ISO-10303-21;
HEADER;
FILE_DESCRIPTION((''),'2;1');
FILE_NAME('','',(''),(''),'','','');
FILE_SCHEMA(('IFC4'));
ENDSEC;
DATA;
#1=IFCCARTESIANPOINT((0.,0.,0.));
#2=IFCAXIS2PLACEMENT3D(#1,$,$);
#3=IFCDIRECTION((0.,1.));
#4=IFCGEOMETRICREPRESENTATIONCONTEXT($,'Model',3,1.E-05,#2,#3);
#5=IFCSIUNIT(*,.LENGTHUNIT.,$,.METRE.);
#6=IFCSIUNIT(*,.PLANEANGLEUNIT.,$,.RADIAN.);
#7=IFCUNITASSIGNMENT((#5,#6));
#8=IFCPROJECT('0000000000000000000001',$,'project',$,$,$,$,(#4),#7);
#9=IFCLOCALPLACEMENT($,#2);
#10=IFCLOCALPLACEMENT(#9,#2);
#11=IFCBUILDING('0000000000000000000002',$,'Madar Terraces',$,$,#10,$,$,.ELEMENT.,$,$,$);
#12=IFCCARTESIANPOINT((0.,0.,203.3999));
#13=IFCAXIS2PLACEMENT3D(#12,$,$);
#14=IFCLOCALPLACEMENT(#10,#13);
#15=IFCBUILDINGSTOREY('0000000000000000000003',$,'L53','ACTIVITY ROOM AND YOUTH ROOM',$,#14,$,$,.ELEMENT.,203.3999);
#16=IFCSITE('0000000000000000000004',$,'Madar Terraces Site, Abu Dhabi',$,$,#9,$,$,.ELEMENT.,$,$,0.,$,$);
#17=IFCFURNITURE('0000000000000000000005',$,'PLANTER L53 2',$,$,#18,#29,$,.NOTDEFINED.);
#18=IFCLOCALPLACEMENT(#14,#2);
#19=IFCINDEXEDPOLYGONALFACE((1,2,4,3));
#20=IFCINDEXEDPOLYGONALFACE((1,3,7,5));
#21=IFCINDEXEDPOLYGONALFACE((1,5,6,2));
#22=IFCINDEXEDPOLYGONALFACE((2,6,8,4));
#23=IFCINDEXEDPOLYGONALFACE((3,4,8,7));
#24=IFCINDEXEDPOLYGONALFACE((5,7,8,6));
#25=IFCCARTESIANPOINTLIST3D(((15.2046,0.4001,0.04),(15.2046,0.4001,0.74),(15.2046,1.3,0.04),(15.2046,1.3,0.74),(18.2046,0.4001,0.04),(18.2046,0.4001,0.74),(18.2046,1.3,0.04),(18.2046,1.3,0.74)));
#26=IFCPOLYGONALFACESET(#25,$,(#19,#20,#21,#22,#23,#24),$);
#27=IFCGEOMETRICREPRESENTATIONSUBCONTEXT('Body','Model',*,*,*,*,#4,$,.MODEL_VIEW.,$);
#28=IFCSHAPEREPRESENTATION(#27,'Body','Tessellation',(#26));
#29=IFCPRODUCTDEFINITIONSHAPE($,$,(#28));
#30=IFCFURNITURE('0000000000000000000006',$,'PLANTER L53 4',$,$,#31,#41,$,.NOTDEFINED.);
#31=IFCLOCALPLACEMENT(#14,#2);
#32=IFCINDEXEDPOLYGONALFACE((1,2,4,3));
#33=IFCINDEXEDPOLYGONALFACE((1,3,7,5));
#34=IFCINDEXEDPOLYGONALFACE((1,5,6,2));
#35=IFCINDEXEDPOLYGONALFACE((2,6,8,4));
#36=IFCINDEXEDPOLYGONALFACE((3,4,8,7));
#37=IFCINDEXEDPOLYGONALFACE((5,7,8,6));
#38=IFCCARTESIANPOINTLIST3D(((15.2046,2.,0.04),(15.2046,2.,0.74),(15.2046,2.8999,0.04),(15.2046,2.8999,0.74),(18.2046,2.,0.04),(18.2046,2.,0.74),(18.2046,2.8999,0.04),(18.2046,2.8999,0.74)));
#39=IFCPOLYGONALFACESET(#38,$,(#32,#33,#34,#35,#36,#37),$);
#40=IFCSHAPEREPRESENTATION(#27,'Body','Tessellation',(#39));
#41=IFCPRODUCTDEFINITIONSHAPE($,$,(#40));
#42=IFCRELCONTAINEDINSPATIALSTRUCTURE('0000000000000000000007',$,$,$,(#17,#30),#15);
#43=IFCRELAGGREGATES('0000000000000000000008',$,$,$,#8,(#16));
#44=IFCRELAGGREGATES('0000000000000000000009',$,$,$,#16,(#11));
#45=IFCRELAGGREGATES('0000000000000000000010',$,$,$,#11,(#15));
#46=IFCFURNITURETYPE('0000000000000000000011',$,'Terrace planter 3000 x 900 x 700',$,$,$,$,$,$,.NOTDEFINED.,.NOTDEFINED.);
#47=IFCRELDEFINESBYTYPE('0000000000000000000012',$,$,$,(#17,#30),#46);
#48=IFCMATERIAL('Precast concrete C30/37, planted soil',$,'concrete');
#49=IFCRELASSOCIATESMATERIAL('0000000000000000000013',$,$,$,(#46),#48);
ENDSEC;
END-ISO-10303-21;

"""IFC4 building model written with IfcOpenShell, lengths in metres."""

from ifc_helpers import new_model, si_unit, direction, frame, origin, origin_2d, place, context, subcontext, project, spatial, rectangle, extrude, material, type_object, element, save


model = new_model("IFC4")

# Units and contexts
model_context = context("Model", 3, precision=1e-05, world=origin(), true_north=direction((0.0, 1.0)))
body_context = subcontext(model_context, "Body", "Model", "MODEL_VIEW")
ifc_project = project(units=[si_unit("LENGTHUNIT", "METRE"), si_unit("PLANEANGLEUNIT", "RADIAN")], contexts=[model_context])

# Site, building, storey
site_placement = place(None, origin())
site = spatial("IfcSite", under=ifc_project, at=site_placement, Name="Madar Terraces Site, Abu Dhabi", CompositionType="ELEMENT", RefElevation=0.0)
building_placement = place(site_placement, origin())
building = spatial("IfcBuilding", under=site, at=building_placement, Name="Madar Terraces", CompositionType="ELEMENT")
storey_placement = place(building_placement, frame((0.0, 0.0, 203.3999)))
storey = spatial("IfcBuildingStorey", under=building, at=storey_placement, Name="L53", Description="ACTIVITY ROOM AND YOUTH ROOM", CompositionType="ELEMENT", Elevation=203.3999)

# Furniture
ifc_material_1 = material(Name="Precast concrete C30/37, planted soil", Category="concrete")
furniture_type = type_object("IfcFurnitureType", Name="Terrace planter 3000 x 900 x 700", AssemblyPlace="NOTDEFINED", PredefinedType="NOTDEFINED", material=ifc_material_1)
for number, where, z_axis, x_axis, name in (
    (1, (16.7046, 0.8501, 0.04), (0.0, 0.0, 1.0), (1.0, 0.0, 0.0), "PLANTER L53 2"),
    (2, (16.7046, 2.45, 0.04), (0.0, 0.0, 1.0), (1.0, 0.0, 0.0), "PLANTER L53 4"),
):
    element("IfcFurniture", number, at=place(storey_placement, frame(where, z_axis=z_axis, x_axis=x_axis)), inside=storey, type_object=furniture_type, Name=name, PredefinedType="NOTDEFINED", context=body_context, shape_type="SweptSolid", body=[
        extrude(rectangle(XDim=3.0, YDim=0.8999, at=origin_2d()), origin(), (0.0, 0.0, 1.0), 0.7),
    ])

save(model, "model.ifc")
